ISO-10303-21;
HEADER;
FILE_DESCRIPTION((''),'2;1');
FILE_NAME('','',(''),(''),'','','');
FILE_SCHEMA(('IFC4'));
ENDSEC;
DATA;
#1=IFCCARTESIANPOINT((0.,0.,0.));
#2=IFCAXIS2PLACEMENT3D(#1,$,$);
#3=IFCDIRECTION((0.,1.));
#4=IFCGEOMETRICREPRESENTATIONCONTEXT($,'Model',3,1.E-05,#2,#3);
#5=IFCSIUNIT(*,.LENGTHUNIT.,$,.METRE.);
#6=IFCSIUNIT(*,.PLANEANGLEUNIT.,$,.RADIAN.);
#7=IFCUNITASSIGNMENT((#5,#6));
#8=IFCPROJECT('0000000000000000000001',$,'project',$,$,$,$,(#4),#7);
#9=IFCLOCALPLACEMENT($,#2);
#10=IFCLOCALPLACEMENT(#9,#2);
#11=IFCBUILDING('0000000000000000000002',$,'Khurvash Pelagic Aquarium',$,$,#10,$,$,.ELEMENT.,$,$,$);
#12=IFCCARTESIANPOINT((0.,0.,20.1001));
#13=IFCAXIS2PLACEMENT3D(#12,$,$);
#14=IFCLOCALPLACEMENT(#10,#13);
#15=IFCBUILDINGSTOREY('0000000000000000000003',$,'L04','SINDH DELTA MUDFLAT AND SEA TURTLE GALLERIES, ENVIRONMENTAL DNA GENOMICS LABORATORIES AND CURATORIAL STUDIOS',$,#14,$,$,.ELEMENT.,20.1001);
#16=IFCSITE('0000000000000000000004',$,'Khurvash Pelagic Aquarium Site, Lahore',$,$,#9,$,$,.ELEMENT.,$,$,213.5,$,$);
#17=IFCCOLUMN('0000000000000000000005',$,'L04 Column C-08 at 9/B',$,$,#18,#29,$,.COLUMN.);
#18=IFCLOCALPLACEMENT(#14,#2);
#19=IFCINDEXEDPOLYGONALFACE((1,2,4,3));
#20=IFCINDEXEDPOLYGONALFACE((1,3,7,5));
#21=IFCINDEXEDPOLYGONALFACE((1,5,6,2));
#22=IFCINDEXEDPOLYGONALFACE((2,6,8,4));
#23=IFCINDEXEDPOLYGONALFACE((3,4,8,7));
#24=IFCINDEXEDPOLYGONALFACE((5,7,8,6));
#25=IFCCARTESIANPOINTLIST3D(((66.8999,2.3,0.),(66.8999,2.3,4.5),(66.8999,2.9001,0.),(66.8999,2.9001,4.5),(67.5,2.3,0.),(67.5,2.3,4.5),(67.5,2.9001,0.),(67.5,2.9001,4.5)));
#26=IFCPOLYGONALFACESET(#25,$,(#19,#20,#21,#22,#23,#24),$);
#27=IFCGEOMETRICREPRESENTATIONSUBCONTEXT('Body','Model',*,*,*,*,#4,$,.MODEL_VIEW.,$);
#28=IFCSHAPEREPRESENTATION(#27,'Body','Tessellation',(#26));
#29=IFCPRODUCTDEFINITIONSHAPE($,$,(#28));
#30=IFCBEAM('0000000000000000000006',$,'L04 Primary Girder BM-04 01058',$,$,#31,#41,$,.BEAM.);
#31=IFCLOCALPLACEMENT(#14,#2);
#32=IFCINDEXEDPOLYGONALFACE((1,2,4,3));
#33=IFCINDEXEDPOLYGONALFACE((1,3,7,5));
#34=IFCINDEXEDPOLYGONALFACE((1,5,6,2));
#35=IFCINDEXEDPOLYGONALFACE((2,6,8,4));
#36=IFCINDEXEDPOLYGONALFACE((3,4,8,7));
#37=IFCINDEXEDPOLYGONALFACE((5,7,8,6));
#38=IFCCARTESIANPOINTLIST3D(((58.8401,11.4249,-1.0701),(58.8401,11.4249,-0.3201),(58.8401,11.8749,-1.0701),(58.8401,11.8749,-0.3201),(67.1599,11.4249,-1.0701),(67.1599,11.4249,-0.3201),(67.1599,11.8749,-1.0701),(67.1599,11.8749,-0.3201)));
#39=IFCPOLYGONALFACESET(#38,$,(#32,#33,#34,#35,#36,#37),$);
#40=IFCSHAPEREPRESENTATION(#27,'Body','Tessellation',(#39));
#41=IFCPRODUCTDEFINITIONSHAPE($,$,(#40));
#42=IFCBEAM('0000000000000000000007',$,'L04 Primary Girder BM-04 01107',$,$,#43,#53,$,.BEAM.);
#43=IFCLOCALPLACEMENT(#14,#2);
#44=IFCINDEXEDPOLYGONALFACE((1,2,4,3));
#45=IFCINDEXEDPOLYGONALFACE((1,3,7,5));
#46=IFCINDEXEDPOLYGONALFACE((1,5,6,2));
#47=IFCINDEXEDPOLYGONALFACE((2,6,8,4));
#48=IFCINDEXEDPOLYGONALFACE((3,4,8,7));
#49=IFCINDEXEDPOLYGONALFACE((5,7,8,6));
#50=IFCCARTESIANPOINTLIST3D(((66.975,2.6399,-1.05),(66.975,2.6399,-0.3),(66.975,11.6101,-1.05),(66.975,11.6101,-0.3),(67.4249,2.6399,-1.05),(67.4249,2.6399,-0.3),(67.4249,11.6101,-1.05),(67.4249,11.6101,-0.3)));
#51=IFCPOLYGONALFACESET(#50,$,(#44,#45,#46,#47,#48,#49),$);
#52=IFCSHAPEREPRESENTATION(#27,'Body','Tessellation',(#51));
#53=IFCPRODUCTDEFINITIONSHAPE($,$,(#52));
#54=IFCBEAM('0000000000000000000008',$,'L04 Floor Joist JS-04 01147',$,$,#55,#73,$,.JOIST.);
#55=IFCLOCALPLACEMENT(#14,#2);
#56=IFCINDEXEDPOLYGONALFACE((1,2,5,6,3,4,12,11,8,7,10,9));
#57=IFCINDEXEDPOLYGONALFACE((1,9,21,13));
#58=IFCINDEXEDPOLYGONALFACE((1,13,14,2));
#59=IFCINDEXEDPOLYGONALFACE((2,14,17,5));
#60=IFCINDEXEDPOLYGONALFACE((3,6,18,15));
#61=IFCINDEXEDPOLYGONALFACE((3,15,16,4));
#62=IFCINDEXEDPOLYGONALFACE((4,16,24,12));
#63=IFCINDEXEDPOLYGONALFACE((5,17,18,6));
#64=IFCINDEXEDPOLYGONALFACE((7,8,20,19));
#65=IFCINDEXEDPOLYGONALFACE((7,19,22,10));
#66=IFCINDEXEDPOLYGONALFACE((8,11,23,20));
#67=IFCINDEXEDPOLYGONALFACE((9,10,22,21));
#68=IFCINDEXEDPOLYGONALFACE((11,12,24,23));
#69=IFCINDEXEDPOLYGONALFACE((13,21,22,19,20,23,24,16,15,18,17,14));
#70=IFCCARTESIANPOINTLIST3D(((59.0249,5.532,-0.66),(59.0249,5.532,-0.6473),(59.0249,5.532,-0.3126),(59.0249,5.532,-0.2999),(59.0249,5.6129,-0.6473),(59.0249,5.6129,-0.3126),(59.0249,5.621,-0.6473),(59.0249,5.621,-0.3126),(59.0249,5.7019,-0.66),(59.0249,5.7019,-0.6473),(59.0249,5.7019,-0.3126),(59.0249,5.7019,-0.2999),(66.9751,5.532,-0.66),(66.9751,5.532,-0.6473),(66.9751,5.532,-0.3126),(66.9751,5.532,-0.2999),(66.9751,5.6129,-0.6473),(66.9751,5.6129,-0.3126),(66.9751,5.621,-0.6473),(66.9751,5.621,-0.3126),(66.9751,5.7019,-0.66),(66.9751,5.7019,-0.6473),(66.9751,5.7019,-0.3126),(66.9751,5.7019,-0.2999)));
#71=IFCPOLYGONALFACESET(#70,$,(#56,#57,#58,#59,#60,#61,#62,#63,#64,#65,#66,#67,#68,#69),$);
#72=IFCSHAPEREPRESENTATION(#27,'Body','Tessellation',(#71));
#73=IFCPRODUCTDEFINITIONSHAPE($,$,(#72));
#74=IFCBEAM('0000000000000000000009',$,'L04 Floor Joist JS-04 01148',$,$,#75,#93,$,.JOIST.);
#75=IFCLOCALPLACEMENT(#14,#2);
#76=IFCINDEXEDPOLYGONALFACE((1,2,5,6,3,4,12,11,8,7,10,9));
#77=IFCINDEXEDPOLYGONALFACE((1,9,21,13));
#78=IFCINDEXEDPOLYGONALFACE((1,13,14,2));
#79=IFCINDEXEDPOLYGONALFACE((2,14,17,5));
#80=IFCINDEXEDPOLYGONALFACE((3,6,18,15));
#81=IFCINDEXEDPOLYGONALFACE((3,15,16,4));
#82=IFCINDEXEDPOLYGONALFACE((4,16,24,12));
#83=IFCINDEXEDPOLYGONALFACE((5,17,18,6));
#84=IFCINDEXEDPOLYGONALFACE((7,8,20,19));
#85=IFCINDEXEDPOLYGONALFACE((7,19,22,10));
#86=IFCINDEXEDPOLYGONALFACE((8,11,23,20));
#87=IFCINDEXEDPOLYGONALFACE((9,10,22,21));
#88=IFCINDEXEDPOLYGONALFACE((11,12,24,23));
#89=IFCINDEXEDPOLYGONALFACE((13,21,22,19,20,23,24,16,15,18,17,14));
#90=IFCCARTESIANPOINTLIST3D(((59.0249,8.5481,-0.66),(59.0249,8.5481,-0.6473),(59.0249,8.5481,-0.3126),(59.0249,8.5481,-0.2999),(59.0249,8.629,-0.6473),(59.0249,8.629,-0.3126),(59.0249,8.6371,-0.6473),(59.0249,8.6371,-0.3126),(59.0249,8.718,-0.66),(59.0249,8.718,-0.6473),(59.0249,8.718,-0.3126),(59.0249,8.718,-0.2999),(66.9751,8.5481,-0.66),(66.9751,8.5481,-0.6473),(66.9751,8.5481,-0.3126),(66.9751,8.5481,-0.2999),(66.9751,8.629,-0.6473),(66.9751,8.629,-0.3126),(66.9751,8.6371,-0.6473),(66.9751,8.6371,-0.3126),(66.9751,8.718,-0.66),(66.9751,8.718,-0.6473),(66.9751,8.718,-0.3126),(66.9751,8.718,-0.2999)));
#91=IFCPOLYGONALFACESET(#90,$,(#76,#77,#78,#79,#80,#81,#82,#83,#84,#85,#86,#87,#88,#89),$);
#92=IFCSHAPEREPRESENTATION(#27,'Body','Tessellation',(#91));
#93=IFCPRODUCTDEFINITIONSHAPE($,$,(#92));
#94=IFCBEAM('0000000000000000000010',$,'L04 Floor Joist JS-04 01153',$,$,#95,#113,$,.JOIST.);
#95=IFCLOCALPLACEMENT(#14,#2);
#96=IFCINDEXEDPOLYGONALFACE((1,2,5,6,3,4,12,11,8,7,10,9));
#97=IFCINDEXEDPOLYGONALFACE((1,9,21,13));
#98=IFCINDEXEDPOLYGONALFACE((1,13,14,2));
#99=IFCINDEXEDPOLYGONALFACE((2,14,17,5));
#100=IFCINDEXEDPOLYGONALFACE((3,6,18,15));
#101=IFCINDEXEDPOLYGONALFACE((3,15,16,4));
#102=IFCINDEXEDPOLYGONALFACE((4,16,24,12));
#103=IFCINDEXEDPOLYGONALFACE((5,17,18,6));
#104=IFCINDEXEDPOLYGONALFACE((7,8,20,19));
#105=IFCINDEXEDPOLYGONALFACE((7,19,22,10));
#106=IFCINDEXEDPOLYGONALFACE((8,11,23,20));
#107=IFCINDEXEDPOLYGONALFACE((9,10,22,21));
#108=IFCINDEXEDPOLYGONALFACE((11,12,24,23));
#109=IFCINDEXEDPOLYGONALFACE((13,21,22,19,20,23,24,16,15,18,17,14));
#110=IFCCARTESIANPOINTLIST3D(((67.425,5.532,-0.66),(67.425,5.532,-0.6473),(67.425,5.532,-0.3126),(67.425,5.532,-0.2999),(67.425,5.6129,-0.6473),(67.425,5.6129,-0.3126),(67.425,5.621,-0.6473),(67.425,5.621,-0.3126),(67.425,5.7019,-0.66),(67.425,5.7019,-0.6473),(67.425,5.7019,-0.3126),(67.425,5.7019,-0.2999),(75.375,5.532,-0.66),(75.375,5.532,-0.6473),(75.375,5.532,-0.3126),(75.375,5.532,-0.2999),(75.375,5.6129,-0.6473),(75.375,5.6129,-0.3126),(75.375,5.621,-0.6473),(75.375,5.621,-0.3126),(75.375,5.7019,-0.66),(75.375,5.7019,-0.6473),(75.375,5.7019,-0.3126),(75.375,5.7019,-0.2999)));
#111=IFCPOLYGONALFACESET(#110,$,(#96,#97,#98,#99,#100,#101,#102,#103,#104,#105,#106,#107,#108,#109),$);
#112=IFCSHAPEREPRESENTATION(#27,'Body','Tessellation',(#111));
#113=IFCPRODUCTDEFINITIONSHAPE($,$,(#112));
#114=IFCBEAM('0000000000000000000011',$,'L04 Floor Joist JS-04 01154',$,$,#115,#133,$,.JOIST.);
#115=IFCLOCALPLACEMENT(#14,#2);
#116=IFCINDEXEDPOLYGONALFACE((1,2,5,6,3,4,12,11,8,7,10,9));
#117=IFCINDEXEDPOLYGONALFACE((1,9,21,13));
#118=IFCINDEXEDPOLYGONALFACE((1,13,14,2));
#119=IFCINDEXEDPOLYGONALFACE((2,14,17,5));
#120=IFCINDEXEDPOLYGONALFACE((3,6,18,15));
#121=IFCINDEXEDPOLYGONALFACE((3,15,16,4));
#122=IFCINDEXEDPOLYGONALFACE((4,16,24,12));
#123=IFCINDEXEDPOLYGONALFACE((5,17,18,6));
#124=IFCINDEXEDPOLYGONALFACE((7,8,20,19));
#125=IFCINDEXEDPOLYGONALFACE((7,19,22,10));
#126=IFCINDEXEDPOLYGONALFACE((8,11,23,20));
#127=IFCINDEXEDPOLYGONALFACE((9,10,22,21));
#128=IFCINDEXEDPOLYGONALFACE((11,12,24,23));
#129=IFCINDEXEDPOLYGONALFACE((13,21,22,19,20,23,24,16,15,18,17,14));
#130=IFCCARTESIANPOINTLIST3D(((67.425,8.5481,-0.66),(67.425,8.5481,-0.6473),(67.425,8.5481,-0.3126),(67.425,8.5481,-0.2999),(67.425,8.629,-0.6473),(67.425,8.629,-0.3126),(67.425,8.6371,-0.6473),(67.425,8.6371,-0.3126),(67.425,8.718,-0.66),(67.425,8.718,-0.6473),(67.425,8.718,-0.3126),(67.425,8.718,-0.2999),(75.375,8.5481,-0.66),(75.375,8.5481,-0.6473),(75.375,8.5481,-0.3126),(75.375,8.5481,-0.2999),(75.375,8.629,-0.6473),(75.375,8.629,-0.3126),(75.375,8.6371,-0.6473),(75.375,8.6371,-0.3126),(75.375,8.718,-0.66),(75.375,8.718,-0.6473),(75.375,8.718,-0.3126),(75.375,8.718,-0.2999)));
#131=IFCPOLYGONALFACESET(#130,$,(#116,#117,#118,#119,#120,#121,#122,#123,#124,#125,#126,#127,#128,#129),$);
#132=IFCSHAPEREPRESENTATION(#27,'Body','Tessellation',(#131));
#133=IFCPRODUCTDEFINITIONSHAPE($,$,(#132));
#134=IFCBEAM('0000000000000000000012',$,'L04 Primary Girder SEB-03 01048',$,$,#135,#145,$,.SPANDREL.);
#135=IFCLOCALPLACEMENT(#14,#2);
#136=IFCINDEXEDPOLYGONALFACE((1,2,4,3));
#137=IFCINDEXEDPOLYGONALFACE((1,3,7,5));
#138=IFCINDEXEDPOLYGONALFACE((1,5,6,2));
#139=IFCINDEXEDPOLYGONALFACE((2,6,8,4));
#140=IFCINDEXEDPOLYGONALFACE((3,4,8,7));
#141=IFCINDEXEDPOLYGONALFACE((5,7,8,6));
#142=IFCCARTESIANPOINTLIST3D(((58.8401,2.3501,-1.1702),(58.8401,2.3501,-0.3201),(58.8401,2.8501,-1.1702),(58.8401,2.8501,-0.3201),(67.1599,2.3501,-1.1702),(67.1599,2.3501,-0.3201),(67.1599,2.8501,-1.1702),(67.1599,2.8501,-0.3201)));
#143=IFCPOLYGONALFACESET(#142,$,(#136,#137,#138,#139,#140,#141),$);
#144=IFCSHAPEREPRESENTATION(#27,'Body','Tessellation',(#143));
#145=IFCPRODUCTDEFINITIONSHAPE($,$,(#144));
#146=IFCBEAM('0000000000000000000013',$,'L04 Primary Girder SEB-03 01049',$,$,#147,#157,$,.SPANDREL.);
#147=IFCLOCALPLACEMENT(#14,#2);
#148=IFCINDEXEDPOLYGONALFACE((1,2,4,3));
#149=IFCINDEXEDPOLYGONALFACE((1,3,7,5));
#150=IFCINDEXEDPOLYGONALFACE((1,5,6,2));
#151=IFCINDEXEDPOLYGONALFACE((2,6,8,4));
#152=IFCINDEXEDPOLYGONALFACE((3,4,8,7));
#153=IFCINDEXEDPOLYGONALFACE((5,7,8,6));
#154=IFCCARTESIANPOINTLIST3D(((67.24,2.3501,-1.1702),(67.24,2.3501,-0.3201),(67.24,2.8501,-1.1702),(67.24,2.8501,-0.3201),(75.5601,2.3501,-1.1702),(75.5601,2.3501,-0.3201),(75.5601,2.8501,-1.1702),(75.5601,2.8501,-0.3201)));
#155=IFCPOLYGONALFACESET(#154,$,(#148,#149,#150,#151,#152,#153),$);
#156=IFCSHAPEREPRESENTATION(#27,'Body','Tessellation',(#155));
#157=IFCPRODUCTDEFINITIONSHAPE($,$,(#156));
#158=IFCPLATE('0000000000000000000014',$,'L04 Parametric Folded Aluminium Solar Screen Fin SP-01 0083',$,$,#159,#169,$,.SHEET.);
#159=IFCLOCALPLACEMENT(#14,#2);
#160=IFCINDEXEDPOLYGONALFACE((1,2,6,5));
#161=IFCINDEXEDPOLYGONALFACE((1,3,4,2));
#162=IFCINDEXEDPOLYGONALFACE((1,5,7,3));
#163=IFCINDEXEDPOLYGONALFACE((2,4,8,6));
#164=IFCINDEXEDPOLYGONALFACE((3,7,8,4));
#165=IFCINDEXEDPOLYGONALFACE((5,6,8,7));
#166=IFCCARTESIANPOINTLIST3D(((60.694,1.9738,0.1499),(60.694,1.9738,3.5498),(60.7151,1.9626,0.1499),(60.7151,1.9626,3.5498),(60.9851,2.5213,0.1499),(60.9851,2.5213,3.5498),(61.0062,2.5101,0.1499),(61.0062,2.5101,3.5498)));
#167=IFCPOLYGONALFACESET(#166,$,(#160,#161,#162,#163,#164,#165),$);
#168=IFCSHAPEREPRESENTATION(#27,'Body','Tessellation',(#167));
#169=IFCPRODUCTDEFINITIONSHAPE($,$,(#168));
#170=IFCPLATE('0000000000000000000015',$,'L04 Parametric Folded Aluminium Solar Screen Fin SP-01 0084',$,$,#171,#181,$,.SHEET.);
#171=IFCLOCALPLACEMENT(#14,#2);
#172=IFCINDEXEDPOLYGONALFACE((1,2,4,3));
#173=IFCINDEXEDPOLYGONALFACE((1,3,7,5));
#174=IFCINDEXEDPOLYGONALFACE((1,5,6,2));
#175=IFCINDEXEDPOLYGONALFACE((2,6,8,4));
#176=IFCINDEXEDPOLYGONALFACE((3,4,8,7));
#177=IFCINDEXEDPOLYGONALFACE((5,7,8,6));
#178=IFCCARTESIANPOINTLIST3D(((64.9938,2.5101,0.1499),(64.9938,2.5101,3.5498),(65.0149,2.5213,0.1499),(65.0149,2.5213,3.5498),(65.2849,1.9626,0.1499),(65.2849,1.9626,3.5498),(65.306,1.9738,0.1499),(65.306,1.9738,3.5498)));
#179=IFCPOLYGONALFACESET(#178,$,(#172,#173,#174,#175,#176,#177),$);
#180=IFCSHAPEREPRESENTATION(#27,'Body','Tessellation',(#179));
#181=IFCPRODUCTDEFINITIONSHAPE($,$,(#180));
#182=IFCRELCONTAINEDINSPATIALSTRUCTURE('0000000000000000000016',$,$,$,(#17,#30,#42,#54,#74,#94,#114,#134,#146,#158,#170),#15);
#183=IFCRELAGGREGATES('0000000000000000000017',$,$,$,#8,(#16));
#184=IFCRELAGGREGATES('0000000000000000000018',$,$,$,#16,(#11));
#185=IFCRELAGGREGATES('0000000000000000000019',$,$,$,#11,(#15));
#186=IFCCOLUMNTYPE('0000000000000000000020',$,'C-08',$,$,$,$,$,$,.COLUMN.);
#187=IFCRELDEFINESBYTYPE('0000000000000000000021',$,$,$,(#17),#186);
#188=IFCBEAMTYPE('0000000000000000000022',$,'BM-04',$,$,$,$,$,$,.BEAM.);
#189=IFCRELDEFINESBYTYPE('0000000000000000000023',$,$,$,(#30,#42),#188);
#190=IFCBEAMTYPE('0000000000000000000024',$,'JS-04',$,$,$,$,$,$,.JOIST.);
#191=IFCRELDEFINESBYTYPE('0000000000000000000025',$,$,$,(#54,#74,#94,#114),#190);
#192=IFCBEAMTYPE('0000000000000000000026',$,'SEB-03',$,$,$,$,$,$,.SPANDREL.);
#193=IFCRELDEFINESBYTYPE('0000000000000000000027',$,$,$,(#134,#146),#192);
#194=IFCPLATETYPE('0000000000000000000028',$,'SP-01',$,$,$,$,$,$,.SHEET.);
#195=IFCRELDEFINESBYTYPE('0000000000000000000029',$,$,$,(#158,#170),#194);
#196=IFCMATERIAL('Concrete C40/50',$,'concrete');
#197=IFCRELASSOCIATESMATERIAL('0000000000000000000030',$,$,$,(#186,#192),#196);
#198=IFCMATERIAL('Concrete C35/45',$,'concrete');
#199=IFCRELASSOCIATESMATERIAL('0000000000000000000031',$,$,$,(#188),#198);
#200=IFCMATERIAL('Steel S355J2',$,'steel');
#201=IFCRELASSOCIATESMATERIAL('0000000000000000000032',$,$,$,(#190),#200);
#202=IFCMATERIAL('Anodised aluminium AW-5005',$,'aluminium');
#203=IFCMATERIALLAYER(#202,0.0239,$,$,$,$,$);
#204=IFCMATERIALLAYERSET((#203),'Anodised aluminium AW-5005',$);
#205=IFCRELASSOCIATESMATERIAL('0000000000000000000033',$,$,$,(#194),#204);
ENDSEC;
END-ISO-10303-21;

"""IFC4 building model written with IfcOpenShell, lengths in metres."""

from ifc_helpers import new_model, si_unit, direction, frame, origin, origin_2d, place, context, subcontext, project, spatial, rectangle, i_section, extrude, material, layer, layer_set, material_profile, profile_set, type_object, element, save


model = new_model("IFC4")

# Units and contexts
model_context = context("Model", 3, precision=1e-05, world=origin(), true_north=direction((0.0, 1.0)))
body_context = subcontext(model_context, "Body", "Model", "MODEL_VIEW")
ifc_project = project(units=[si_unit("LENGTHUNIT", "METRE"), si_unit("PLANEANGLEUNIT", "RADIAN")], contexts=[model_context])

# Site, building, storey
site_placement = place(None, origin())
site = spatial("IfcSite", under=ifc_project, at=site_placement, Name="Khurvash Pelagic Aquarium Site, Lahore", CompositionType="ELEMENT", RefElevation=213.5)
building_placement = place(site_placement, origin())
building = spatial("IfcBuilding", under=site, at=building_placement, Name="Khurvash Pelagic Aquarium", CompositionType="ELEMENT")
storey_placement = place(building_placement, frame((0.0, 0.0, 20.1001)))
storey = spatial("IfcBuildingStorey", under=building, at=storey_placement, Name="L04", Description="SINDH DELTA MUDFLAT AND SEA TURTLE GALLERIES, ENVIRONMENTAL DNA GENOMICS LABORATORIES AND CURATORIAL STUDIOS", CompositionType="ELEMENT", Elevation=20.1001)

# Column
ifc_material_1 = material(Name="Concrete C40/50", Category="concrete")
ifc_material_profile_1 = material_profile(ifc_material_1, rectangle(XDim=0.6001, YDim=0.6001, at=origin_2d()), Name="RC600X600")
ifc_profile_set_1 = profile_set([ifc_material_profile_1], Name="Concrete C40/50")
column_type = type_object("IfcColumnType", Name="C-08", PredefinedType="COLUMN", material=ifc_profile_set_1)
column_placement = place(storey_placement, frame((67.2, 2.6001, 0.0), z_axis=(0.0, 0.0, 1.0), x_axis=(1.0, 0.0, 0.0)))
element("IfcColumn", 1, at=column_placement, inside=storey, type_object=column_type, Name="L04 Column C-08 at 9/B", PredefinedType="COLUMN", context=body_context, shape_type="SweptSolid", body=[
    extrude(rectangle(XDim=0.6001, YDim=0.6001, at=origin_2d()), origin(), (0.0, 0.0, 1.0), 4.5),
])

# Beams
ifc_material_2 = material(Name="Concrete C35/45", Category="concrete")
ifc_material_profile_2 = material_profile(ifc_material_2, rectangle(XDim=0.45, YDim=0.75, at=origin_2d()), Name="RC450X750")
ifc_profile_set_2 = profile_set([ifc_material_profile_2], Name="Concrete C35/45")
beam_type_1 = type_object("IfcBeamType", Name="BM-04", PredefinedType="BEAM", material=ifc_profile_set_2)
beam_1_placement = place(storey_placement, frame((58.8401, 11.6499, -0.6951), z_axis=(1.0, 0.0, 0.0), x_axis=(0.0, 1.0, 0.0)))
element("IfcBeam", 2, at=beam_1_placement, inside=storey, type_object=beam_type_1, Name="L04 Primary Girder BM-04 01058", PredefinedType="BEAM", context=body_context, shape_type="SweptSolid", body=[
    extrude(rectangle(XDim=0.45, YDim=0.75, at=origin_2d()), origin(), (0.0, 0.0, 1.0), 8.3198),
])
beam_2_placement = place(storey_placement, frame((67.2, 2.6399, -0.675), z_axis=(0.0, 1.0, 0.0), x_axis=(-1.0, 0.0, 0.0)))
element("IfcBeam", 3, at=beam_2_placement, inside=storey, type_object=beam_type_1, Name="L04 Primary Girder BM-04 01107", PredefinedType="BEAM", context=body_context, shape_type="SweptSolid", body=[
    extrude(rectangle(XDim=0.45, YDim=0.75, at=origin_2d()), origin(), (0.0, 0.0, 1.0), 8.9702),
])
ifc_material_3 = material(Name="Steel S355J2", Category="steel")
ifc_material_profile_3 = material_profile(ifc_material_3, i_section(OverallWidth=0.1699, OverallDepth=0.3601, WebThickness=0.0081, FlangeThickness=0.0127, at=origin_2d()), Name="IPE360")
ifc_profile_set_3 = profile_set([ifc_material_profile_3], Name="Steel S355J2")
beam_type_2 = type_object("IfcBeamType", Name="JS-04", PredefinedType="JOIST", material=ifc_profile_set_3)
for number, where, z_axis, x_axis, name in (
    (4, (59.0249, 5.6169, -0.48), (1.0, 0.0, 0.0), (0.0, 1.0, 0.0), "L04 Floor Joist JS-04 01147"),
    (5, (59.0249, 8.6331, -0.48), (1.0, 0.0, 0.0), (0.0, 1.0, 0.0), "L04 Floor Joist JS-04 01148"),
):
    element("IfcBeam", number, at=place(storey_placement, frame(where, z_axis=z_axis, x_axis=x_axis)), inside=storey, type_object=beam_type_2, Name=name, PredefinedType="JOIST", context=body_context, shape_type="SweptSolid", body=[
        extrude(i_section(OverallWidth=0.1699, OverallDepth=0.3601, WebThickness=0.0081, FlangeThickness=0.0127, at=origin_2d()), origin(), (0.0, 0.0, 1.0), 7.9502),
    ])
for number, where, z_axis, x_axis, name in (
    (6, (67.425, 5.6169, -0.48), (1.0, 0.0, 0.0), (0.0, 1.0, 0.0), "L04 Floor Joist JS-04 01153"),
    (7, (67.425, 8.6331, -0.48), (1.0, 0.0, 0.0), (0.0, 1.0, 0.0), "L04 Floor Joist JS-04 01154"),
):
    element("IfcBeam", number, at=place(storey_placement, frame(where, z_axis=z_axis, x_axis=x_axis)), inside=storey, type_object=beam_type_2, Name=name, PredefinedType="JOIST", context=body_context, shape_type="SweptSolid", body=[
        extrude(i_section(OverallWidth=0.1699, OverallDepth=0.3601, WebThickness=0.0081, FlangeThickness=0.0127, at=origin_2d()), origin(), (0.0, 0.0, 1.0), 7.95),
    ])
ifc_material_profile_4 = material_profile(ifc_material_1, rectangle(XDim=0.5, YDim=0.8501, at=origin_2d()), Name="RC500X850")
ifc_profile_set_4 = profile_set([ifc_material_profile_4], Name="Concrete C40/50")
beam_type_3 = type_object("IfcBeamType", Name="SEB-03", PredefinedType="SPANDREL", material=ifc_profile_set_4)
beam_3_placement = place(storey_placement, frame((58.8401, 2.6001, -0.7451), z_axis=(1.0, 0.0, 0.0), x_axis=(0.0, 1.0, 0.0)))
element("IfcBeam", 8, at=beam_3_placement, inside=storey, type_object=beam_type_3, Name="L04 Primary Girder SEB-03 01048", PredefinedType="SPANDREL", context=body_context, shape_type="SweptSolid", body=[
    extrude(rectangle(XDim=0.5, YDim=0.8501, at=origin_2d()), origin(), (0.0, 0.0, 1.0), 8.3198),
])
beam_4_placement = place(storey_placement, frame((67.24, 2.6001, -0.7451), z_axis=(1.0, 0.0, 0.0), x_axis=(0.0, 1.0, 0.0)))
element("IfcBeam", 9, at=beam_4_placement, inside=storey, type_object=beam_type_3, Name="L04 Primary Girder SEB-03 01049", PredefinedType="SPANDREL", context=body_context, shape_type="SweptSolid", body=[
    extrude(rectangle(XDim=0.5, YDim=0.8501, at=origin_2d()), origin(), (0.0, 0.0, 1.0), 8.3201),
])

# Plates
ifc_material_4 = material(Name="Anodised aluminium AW-5005", Category="aluminium")
ifc_layer_1 = layer(ifc_material_4, 0.0239)
ifc_layer_set_1 = layer_set([ifc_layer_1], Name="Anodised aluminium AW-5005")
plate_type = type_object("IfcPlateType", Name="SP-01", PredefinedType="SHEET", material=ifc_layer_set_1)
for number, where, z_axis, x_axis, name in (
    (10, (60.8501, 2.2419, 0.1499), (0.0, 0.0, 1.0), (-0.469472, -0.882948, 0.0), "L04 Parametric Folded Aluminium Solar Screen Fin SP-01 0083"),
    (11, (65.1499, 2.2419, 0.1499), (0.0, 0.0, 1.0), (0.469472, -0.882948, 0.0), "L04 Parametric Folded Aluminium Solar Screen Fin SP-01 0084"),
):
    element("IfcPlate", number, at=place(storey_placement, frame(where, z_axis=z_axis, x_axis=x_axis)), inside=storey, type_object=plate_type, Name=name, PredefinedType="SHEET", context=body_context, shape_type="SweptSolid", body=[
        extrude(rectangle(XDim=0.6201, YDim=0.0239, at=origin_2d()), origin(), (0.0, 0.0, 1.0), 3.3999),
    ])

save(model, "model.ifc")
